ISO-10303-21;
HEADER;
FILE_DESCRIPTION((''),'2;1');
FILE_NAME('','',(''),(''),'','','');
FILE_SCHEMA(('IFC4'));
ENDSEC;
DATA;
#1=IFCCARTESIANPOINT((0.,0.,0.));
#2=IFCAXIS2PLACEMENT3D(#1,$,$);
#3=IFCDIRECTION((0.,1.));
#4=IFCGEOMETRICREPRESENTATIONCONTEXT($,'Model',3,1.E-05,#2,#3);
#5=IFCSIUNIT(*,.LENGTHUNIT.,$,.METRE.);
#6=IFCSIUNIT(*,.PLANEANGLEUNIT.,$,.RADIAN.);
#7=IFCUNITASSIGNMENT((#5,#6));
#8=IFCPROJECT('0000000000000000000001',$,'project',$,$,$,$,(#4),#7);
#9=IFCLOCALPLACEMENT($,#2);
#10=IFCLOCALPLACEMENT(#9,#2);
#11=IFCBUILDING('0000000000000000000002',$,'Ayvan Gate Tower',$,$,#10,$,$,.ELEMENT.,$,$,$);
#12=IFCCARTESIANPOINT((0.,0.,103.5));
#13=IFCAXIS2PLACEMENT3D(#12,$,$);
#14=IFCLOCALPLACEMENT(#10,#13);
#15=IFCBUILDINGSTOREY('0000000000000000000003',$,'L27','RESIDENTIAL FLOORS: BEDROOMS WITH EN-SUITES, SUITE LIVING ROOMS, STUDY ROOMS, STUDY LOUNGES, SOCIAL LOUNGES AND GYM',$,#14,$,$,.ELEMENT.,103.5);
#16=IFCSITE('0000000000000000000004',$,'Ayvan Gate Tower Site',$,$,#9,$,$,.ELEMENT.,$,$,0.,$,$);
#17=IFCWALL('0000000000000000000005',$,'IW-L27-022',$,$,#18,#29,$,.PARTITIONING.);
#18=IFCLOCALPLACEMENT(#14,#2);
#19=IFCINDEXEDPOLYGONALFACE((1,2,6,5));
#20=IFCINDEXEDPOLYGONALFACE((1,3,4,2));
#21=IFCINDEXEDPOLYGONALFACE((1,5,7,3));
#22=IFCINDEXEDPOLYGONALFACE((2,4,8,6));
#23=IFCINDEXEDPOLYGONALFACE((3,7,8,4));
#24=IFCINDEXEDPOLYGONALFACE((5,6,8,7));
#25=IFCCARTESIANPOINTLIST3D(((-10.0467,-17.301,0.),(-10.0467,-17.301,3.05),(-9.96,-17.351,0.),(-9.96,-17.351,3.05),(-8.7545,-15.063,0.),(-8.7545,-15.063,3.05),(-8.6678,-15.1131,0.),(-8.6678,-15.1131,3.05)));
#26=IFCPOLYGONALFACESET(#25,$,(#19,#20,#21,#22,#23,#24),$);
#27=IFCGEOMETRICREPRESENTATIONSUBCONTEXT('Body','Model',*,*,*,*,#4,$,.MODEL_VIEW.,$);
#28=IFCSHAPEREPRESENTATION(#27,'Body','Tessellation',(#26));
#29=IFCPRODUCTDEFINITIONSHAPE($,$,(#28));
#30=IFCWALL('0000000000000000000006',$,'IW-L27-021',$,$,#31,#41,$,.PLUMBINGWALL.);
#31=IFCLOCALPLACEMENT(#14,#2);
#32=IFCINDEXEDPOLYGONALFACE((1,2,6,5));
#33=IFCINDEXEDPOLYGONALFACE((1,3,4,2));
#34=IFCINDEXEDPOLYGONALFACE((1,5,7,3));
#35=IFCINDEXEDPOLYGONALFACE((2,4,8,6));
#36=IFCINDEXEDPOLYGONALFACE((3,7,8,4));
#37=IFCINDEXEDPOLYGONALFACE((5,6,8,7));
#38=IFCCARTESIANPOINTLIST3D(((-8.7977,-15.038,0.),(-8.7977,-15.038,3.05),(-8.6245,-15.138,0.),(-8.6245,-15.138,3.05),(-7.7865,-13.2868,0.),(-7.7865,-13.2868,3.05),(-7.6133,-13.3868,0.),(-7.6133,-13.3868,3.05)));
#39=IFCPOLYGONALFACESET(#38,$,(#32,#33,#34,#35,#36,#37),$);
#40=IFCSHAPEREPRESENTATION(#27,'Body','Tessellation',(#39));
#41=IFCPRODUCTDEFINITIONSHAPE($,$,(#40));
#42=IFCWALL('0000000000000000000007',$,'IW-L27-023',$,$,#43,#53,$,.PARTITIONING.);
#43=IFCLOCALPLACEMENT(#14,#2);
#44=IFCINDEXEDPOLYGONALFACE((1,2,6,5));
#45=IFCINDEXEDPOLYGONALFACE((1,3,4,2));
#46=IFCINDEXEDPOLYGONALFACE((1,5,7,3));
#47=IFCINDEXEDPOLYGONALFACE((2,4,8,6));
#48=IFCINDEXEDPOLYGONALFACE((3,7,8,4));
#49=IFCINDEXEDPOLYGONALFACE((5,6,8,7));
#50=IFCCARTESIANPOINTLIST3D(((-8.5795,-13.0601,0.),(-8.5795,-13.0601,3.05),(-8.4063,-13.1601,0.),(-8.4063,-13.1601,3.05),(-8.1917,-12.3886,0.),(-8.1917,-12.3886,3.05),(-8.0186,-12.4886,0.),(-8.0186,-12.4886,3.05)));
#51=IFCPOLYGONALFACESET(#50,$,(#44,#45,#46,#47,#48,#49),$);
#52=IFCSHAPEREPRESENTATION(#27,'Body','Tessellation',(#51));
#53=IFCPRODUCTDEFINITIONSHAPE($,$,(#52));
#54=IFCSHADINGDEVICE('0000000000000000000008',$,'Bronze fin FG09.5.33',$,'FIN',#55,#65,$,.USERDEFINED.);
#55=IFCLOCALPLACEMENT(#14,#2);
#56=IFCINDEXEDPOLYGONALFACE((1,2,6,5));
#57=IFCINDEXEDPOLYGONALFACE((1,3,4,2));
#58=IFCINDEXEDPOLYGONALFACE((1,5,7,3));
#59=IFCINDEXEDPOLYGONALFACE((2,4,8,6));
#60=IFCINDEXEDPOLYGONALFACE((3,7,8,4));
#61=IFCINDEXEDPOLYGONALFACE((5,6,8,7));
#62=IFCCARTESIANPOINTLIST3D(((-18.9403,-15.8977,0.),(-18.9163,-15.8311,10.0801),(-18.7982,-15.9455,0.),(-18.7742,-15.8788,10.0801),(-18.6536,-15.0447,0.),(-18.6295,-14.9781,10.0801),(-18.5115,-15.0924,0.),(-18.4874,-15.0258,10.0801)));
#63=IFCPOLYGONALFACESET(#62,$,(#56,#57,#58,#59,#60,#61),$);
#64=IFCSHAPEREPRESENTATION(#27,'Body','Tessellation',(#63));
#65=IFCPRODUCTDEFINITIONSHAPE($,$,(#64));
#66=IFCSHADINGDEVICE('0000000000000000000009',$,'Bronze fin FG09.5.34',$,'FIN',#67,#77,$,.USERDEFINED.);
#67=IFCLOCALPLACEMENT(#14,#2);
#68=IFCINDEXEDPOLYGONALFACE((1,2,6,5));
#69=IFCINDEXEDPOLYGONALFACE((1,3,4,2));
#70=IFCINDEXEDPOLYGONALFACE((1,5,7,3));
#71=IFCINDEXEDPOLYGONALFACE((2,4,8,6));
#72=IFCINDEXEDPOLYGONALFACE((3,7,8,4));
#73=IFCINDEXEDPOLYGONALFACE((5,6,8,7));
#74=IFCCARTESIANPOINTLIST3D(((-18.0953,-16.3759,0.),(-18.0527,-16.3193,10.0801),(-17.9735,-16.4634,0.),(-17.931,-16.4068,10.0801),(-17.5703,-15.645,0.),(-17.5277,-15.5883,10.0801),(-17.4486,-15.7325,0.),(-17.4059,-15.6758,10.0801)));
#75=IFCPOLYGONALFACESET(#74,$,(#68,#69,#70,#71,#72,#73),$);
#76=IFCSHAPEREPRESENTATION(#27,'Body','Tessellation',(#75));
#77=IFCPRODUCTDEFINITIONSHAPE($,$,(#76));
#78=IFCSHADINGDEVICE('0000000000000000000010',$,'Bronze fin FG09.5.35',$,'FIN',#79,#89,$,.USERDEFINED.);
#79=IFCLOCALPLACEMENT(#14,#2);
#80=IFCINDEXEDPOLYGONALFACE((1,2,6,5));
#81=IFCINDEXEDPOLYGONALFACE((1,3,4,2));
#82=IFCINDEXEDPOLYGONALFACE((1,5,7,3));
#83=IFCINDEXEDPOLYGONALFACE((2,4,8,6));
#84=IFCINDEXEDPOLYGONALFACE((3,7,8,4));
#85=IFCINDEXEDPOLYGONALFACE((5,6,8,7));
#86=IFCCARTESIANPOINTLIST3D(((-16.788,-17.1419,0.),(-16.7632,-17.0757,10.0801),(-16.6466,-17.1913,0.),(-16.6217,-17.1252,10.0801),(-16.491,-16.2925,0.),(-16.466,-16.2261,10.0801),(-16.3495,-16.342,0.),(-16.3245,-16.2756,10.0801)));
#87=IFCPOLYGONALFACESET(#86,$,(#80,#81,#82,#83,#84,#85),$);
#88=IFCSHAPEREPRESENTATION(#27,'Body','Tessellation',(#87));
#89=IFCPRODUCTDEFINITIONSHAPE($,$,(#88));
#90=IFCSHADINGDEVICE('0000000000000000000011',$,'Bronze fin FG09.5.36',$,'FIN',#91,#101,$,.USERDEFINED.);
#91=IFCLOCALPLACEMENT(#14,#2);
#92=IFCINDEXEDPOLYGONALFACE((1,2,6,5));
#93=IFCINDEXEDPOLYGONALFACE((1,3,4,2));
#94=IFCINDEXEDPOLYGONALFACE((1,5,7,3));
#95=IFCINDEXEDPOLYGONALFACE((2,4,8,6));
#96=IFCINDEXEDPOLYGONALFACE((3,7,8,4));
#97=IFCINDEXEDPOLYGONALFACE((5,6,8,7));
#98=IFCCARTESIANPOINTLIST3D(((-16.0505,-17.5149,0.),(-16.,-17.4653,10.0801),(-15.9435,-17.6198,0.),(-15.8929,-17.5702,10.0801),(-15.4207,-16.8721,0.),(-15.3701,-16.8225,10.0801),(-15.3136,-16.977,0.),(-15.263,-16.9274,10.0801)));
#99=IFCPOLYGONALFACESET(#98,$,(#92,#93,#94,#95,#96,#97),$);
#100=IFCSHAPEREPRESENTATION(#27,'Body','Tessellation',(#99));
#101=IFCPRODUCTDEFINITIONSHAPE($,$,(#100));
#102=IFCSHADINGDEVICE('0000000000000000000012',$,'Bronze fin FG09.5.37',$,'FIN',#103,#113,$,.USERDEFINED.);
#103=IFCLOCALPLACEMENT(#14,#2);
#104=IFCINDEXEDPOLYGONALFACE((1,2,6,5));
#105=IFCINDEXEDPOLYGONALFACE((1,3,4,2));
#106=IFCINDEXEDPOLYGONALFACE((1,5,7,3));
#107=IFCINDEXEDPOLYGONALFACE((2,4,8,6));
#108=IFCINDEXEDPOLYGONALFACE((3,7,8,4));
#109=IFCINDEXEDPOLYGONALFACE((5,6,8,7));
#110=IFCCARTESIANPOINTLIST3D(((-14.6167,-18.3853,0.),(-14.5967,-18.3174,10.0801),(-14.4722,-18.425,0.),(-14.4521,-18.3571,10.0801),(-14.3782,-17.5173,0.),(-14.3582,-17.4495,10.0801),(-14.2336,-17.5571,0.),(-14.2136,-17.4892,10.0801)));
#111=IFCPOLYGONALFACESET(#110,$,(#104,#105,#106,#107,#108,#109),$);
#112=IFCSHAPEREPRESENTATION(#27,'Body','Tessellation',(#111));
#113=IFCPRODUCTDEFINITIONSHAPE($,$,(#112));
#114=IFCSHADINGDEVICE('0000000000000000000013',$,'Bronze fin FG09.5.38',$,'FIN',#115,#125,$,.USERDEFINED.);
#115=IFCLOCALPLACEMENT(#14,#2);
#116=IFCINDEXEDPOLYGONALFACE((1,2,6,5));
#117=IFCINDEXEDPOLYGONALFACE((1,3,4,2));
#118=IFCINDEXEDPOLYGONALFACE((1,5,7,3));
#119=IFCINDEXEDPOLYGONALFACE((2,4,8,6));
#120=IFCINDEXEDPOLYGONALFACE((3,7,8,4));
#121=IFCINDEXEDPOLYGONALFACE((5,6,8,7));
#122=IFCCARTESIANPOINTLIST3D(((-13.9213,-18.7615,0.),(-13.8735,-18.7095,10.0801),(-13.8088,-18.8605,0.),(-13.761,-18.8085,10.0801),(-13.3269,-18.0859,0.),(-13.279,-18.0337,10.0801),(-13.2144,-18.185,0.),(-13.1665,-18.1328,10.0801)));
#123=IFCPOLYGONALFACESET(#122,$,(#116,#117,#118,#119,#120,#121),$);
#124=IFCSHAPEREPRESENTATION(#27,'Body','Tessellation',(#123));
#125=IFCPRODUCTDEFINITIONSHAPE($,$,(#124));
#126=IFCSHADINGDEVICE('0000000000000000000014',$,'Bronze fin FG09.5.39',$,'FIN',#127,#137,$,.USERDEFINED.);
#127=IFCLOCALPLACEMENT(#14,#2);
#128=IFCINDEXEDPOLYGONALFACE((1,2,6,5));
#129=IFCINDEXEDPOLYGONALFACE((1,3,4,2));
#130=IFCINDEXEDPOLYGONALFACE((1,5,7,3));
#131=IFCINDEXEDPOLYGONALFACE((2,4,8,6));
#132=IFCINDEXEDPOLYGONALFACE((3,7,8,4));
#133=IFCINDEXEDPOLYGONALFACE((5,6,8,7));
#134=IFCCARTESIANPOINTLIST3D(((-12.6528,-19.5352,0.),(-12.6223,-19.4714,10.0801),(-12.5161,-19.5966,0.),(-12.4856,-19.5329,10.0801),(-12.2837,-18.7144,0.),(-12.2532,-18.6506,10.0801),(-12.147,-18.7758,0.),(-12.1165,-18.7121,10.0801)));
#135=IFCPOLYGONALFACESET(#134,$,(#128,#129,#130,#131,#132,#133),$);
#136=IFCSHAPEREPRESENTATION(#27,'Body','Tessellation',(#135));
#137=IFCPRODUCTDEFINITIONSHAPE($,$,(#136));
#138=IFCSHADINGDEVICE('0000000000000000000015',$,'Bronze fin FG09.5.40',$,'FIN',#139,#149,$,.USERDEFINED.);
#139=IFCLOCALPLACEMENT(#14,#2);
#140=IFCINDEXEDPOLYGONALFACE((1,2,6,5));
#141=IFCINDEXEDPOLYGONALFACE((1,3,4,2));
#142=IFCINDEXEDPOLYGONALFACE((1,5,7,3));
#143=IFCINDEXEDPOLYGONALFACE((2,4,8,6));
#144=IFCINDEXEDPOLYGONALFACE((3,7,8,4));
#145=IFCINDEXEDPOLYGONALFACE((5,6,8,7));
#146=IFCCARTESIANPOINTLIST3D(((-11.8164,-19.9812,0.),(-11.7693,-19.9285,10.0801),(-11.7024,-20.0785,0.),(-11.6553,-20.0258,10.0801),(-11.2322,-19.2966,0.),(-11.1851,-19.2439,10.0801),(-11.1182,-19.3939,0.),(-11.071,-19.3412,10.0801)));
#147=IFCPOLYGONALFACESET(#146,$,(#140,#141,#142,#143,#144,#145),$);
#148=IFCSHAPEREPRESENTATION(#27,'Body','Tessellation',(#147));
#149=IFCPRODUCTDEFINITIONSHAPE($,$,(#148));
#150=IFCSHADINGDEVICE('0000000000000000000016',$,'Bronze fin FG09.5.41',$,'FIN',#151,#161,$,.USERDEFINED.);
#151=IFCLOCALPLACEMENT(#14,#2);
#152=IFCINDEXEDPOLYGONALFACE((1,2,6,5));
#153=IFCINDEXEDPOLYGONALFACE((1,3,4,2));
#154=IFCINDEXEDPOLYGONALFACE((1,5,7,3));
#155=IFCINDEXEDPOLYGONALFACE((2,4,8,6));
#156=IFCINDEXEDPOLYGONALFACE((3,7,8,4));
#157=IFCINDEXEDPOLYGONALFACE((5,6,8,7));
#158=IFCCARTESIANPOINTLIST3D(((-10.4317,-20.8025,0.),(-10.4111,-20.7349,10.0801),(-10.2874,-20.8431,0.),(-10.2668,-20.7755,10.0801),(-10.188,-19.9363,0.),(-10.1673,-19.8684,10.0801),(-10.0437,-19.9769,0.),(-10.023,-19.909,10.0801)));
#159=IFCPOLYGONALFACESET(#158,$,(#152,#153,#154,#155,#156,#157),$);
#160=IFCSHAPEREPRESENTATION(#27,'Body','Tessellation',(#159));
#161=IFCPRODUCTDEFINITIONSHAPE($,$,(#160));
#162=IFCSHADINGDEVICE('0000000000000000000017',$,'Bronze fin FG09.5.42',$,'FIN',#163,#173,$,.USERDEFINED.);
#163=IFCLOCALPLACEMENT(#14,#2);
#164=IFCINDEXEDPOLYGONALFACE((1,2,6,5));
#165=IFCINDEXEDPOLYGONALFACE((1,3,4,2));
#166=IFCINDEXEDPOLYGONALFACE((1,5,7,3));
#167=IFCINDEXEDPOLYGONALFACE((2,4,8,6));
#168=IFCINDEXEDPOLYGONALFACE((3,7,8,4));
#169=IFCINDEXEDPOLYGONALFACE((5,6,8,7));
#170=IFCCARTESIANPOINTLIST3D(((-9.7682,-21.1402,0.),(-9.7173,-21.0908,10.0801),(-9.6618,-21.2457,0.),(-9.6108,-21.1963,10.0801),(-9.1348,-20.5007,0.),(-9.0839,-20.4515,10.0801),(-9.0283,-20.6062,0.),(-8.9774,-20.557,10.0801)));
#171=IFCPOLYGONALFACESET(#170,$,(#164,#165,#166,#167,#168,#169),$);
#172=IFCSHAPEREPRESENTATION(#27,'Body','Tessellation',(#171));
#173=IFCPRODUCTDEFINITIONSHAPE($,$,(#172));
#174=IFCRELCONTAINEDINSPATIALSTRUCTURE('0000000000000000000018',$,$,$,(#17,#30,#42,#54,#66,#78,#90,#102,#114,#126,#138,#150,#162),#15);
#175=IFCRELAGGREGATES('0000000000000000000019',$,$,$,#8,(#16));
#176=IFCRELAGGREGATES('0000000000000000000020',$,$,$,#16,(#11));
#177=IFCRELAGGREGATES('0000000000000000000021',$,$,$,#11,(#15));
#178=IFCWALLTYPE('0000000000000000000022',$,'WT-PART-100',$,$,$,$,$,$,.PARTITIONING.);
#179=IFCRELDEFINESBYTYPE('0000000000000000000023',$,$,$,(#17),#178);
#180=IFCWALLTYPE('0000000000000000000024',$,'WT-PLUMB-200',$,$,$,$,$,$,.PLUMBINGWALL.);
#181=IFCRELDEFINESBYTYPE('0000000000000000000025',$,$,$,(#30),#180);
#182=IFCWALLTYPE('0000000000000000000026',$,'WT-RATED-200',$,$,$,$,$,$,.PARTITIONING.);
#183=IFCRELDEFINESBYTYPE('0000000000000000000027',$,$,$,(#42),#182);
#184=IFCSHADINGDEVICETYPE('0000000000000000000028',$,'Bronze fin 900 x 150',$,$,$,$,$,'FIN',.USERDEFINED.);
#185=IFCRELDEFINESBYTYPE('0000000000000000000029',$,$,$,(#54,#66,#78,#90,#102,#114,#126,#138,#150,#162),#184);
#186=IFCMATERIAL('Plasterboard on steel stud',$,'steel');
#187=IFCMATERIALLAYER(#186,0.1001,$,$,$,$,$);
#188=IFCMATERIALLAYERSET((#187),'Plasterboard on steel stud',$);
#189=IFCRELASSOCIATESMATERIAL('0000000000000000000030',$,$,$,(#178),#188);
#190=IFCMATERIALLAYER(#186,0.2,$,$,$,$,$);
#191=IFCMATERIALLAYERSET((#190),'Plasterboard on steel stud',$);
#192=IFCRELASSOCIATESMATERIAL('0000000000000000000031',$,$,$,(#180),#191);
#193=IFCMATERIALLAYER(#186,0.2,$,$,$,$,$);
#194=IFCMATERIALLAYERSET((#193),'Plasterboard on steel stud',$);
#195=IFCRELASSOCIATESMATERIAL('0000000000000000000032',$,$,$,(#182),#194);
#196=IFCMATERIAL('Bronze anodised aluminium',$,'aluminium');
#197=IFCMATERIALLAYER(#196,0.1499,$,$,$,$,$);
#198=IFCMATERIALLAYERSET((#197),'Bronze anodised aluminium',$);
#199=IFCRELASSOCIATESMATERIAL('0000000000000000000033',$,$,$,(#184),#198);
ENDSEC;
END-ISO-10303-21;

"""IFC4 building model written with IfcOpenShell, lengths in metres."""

from ifc_helpers import new_model, si_unit, direction, frame, frame_2d, origin, place, context, subcontext, project, spatial, polyline, rectangle, outline, extrude, material, layer, layer_set, type_object, element, save


model = new_model("IFC4")

# Units and contexts
model_context = context("Model", 3, precision=1e-05, world=origin(), true_north=direction((0.0, 1.0)))
body_context = subcontext(model_context, "Body", "Model", "MODEL_VIEW")
ifc_project = project(units=[si_unit("LENGTHUNIT", "METRE"), si_unit("PLANEANGLEUNIT", "RADIAN")], contexts=[model_context])

# Site, building, storey
site_placement = place(None, origin())
site = spatial("IfcSite", under=ifc_project, at=site_placement, Name="Ayvan Gate Tower Site", CompositionType="ELEMENT", RefElevation=0.0)
building_placement = place(site_placement, origin())
building = spatial("IfcBuilding", under=site, at=building_placement, Name="Ayvan Gate Tower", CompositionType="ELEMENT")
storey_placement = place(building_placement, frame((0.0, 0.0, 103.5)))
storey = spatial("IfcBuildingStorey", under=building, at=storey_placement, Name="L27", Description="RESIDENTIAL FLOORS: BEDROOMS WITH EN-SUITES, SUITE LIVING ROOMS, STUDY ROOMS, STUDY LOUNGES, SOCIAL LOUNGES AND GYM", CompositionType="ELEMENT", Elevation=103.5)

# Shared definitions
ifc_material_1 = material(Name="Bronze anodised aluminium", Category="aluminium")

# Walls
ifc_material_2 = material(Name="Plasterboard on steel stud", Category="steel")
ifc_layer_1 = layer(ifc_material_2, 0.1001)
ifc_layer_set_1 = layer_set([ifc_layer_1], Name="Plasterboard on steel stud")
wall_type_1 = type_object("IfcWallType", Name="WT-PART-100", PredefinedType="PARTITIONING", material=ifc_layer_set_1)
wall_1_placement = place(storey_placement, frame((-8.7112, -15.0881, 0.0), z_axis=(0.0, 0.0, 1.0), x_axis=(-0.50003, -0.866008, 0.0)))
element("IfcWall", 1, at=wall_1_placement, inside=storey, type_object=wall_type_1, Name="IW-L27-022", PredefinedType="PARTITIONING", context=body_context, shape_type="SweptSolid", body=[
    extrude(rectangle(XDim=2.5842, YDim=0.1001, at=frame_2d((1.292, 0.0))), origin(), (0.0, 0.0, 1.0), 3.05),
])
ifc_layer_2 = layer(ifc_material_2, 0.2)
ifc_layer_set_2 = layer_set([ifc_layer_2], Name="Plasterboard on steel stud")
wall_type_2 = type_object("IfcWallType", Name="WT-PLUMB-200", PredefinedType="PLUMBINGWALL", material=ifc_layer_set_2)
wall_2_placement = place(storey_placement, frame((-8.7112, -15.0881, 0.0), z_axis=(0.0, 0.0, 1.0), x_axis=(0.50006, 0.865991, 0.0)))
element("IfcWall", 2, at=wall_2_placement, inside=storey, type_object=wall_type_2, Name="IW-L27-021", PredefinedType="PLUMBINGWALL", context=body_context, shape_type="SweptSolid", body=[
    extrude(rectangle(XDim=2.0222, YDim=0.2, at=frame_2d((1.0112, 0.0))), origin(), (0.0, 0.0, 1.0), 3.05),
])
ifc_layer_3 = layer(ifc_material_2, 0.2)
ifc_layer_set_3 = layer_set([ifc_layer_3], Name="Plasterboard on steel stud")
wall_type_3 = type_object("IfcWallType", Name="WT-RATED-200", PredefinedType="PARTITIONING", material=ifc_layer_set_3)
wall_3_placement = place(storey_placement, frame((-8.4929, -13.1101, 0.0), z_axis=(0.0, 0.0, 1.0), x_axis=(0.500068, 0.865986, 0.0)))
element("IfcWall", 3, at=wall_3_placement, inside=storey, type_object=wall_type_3, Name="IW-L27-023", PredefinedType="PARTITIONING", context=body_context, shape_type="SweptSolid", body=[
    extrude(rectangle(XDim=0.7754, YDim=0.2, at=frame_2d((0.3877, 0.0))), origin(), (0.0, 0.0, 1.0), 3.05),
])

# Shading devices
ifc_layer_4 = layer(ifc_material_1, 0.1499)
ifc_layer_set_4 = layer_set([ifc_layer_4], Name="Bronze anodised aluminium")
shading_device_type = type_object("IfcShadingDeviceType", Name="Bronze fin 900 x 150", ElementType="FIN", PredefinedType="USERDEFINED", material=ifc_layer_set_4)
shading_device_1_placement = place(storey_placement, frame((-18.6536, -15.0447, 0.0), z_axis=(-0.94788, 0.318628, 0.000155), x_axis=(-0.318628, -0.94788, 0.0)))
element("IfcShadingDevice", 4, at=shading_device_1_placement, inside=storey, type_object=shading_device_type, Name="Bronze fin FG09.5.33", ObjectType="FIN", PredefinedType="USERDEFINED", context=body_context, shape_type="SweptSolid", body=[
    extrude(outline(polyline([(0.0, 0.0), (0.9, 0.0), (0.8291, 10.0801), (-0.0708, 10.0801), (0.0, 0.0)])), origin(), (0.0, 0.0, -1.0), 0.1499),
])
shading_device_2_placement = place(storey_placement, frame((-17.5703, -15.645, 0.0), z_axis=(-0.8122, 0.583379, 0.000155), x_axis=(-0.583379, -0.8122, 0.0)))
element("IfcShadingDevice", 5, at=shading_device_2_placement, inside=storey, type_object=shading_device_type, Name="Bronze fin FG09.5.34", ObjectType="FIN", PredefinedType="USERDEFINED", context=body_context, shape_type="SweptSolid", body=[
    extrude(outline(polyline([(0.0, 0.0), (0.8999, 0.0), (0.8291, 10.0801), (-0.0709, 10.0801), (0.0, 0.0)])), origin(), (0.0, 0.0, -1.0), 0.1499),
])
shading_device_3_placement = place(storey_placement, frame((-16.491, -16.2925, 0.0), z_axis=(-0.943928, 0.330151, 0.000161), x_axis=(-0.330151, -0.943928, 0.0)))
element("IfcShadingDevice", 6, at=shading_device_3_placement, inside=storey, type_object=shading_device_type, Name="Bronze fin FG09.5.35", ObjectType="FIN", PredefinedType="USERDEFINED", context=body_context, shape_type="SweptSolid", body=[
    extrude(outline(polyline([(0.0, 0.0), (0.8998, 0.0), (0.8292, 10.0801), (-0.0709, 10.0801), (0.0, 0.0)])), origin(), (0.0, 0.0, -1.0), 0.1499),
])
shading_device_4_placement = place(storey_placement, frame((-15.4207, -16.8721, 0.0), z_axis=(-0.714259, 0.699882, 0.00014), x_axis=(-0.699882, -0.714259, 0.0)))
element("IfcShadingDevice", 7, at=shading_device_4_placement, inside=storey, type_object=shading_device_type, Name="Bronze fin FG09.5.36", ObjectType="FIN", PredefinedType="USERDEFINED", context=body_context, shape_type="SweptSolid", body=[
    extrude(outline(polyline([(0.0, 0.0), (0.9, 0.0), (0.8292, 10.0801), (-0.0708, 10.0801), (0.0, 0.0)])), origin(), (0.0, 0.0, -1.0), 0.1499),
])
shading_device_5_placement = place(storey_placement, frame((-14.3782, -17.5173, 0.0), z_axis=(-0.964249, 0.264999, 0.000131), x_axis=(-0.264999, -0.964249, 0.0)))
element("IfcShadingDevice", 8, at=shading_device_5_placement, inside=storey, type_object=shading_device_type, Name="Bronze fin FG09.5.37", ObjectType="FIN", PredefinedType="USERDEFINED", context=body_context, shape_type="SweptSolid", body=[
    extrude(outline(polyline([(0.0, 0.0), (0.9001, 0.0), (0.8293, 10.0801), (-0.0707, 10.0801), (0.0, 0.0)])), origin(), (0.0, 0.0, -1.0), 0.1499),
])
shading_device_6_placement = place(storey_placement, frame((-13.3269, -18.0859, 0.0), z_axis=(-0.750767, 0.660567, 0.000148), x_axis=(-0.660567, -0.750767, 0.0)))
element("IfcShadingDevice", 9, at=shading_device_6_placement, inside=storey, type_object=shading_device_type, Name="Bronze fin FG09.5.38", ObjectType="FIN", PredefinedType="USERDEFINED", context=body_context, shape_type="SweptSolid", body=[
    extrude(outline(polyline([(0.0, 0.0), (0.8999, 0.0), (0.8292, 10.0801), (-0.0708, 10.0801), (0.0, 0.0)])), origin(), (0.0, 0.0, -1.0), 0.1499),
])
shading_device_7_placement = place(storey_placement, frame((-12.2837, -18.7144, 0.0), z_axis=(-0.912013, 0.410162, 0.000168), x_axis=(-0.410162, -0.912013, 0.0)))
element("IfcShadingDevice", 10, at=shading_device_7_placement, inside=storey, type_object=shading_device_type, Name="Bronze fin FG09.5.39", ObjectType="FIN", PredefinedType="USERDEFINED", context=body_context, shape_type="SweptSolid", body=[
    extrude(outline(polyline([(0.0, 0.0), (0.9, 0.0), (0.8294, 10.0801), (-0.0706, 10.0801), (0.0, 0.0)])), origin(), (0.0, 0.0, -1.0), 0.1499),
])
shading_device_8_placement = place(storey_placement, frame((-11.2322, -19.2966, 0.0), z_axis=(-0.760653, 0.649159, 0.00016), x_axis=(-0.649159, -0.760653, 0.0)))
element("IfcShadingDevice", 11, at=shading_device_8_placement, inside=storey, type_object=shading_device_type, Name="Bronze fin FG09.5.40", ObjectType="FIN", PredefinedType="USERDEFINED", context=body_context, shape_type="SweptSolid", body=[
    extrude(outline(polyline([(0.0, 0.0), (0.9, 0.0), (0.8293, 10.0801), (-0.0707, 10.0801), (0.0, 0.0)])), origin(), (0.0, 0.0, -1.0), 0.1499),
])
shading_device_9_placement = place(storey_placement, frame((-10.188, -19.9363, 0.0), z_axis=(-0.962617, 0.270867, 0.00015), x_axis=(-0.270867, -0.962617, 0.0)))
element("IfcShadingDevice", 12, at=shading_device_9_placement, inside=storey, type_object=shading_device_type, Name="Bronze fin FG09.5.41", ObjectType="FIN", PredefinedType="USERDEFINED", context=body_context, shape_type="SweptSolid", body=[
    extrude(outline(polyline([(0.0, 0.0), (0.8998, 0.0), (0.8292, 10.0801), (-0.071, 10.0801), (0.0, 0.0)])), origin(), (0.0, 0.0, -1.0), 0.1499),
])
shading_device_10_placement = place(storey_placement, frame((-9.1348, -20.5007, 0.0), z_axis=(-0.710422, 0.703776, 0.000144), x_axis=(-0.703776, -0.710422, 0.0)))
element("IfcShadingDevice", 13, at=shading_device_10_placement, inside=storey, type_object=shading_device_type, Name="Bronze fin FG09.5.42", ObjectType="FIN", PredefinedType="USERDEFINED", context=body_context, shape_type="SweptSolid", body=[
    extrude(outline(polyline([(0.0, 0.0), (0.9001, 0.0), (0.8292, 10.0801), (-0.0708, 10.0801), (0.0, 0.0)])), origin(), (0.0, 0.0, -1.0), 0.1499),
])

save(model, "model.ifc")
